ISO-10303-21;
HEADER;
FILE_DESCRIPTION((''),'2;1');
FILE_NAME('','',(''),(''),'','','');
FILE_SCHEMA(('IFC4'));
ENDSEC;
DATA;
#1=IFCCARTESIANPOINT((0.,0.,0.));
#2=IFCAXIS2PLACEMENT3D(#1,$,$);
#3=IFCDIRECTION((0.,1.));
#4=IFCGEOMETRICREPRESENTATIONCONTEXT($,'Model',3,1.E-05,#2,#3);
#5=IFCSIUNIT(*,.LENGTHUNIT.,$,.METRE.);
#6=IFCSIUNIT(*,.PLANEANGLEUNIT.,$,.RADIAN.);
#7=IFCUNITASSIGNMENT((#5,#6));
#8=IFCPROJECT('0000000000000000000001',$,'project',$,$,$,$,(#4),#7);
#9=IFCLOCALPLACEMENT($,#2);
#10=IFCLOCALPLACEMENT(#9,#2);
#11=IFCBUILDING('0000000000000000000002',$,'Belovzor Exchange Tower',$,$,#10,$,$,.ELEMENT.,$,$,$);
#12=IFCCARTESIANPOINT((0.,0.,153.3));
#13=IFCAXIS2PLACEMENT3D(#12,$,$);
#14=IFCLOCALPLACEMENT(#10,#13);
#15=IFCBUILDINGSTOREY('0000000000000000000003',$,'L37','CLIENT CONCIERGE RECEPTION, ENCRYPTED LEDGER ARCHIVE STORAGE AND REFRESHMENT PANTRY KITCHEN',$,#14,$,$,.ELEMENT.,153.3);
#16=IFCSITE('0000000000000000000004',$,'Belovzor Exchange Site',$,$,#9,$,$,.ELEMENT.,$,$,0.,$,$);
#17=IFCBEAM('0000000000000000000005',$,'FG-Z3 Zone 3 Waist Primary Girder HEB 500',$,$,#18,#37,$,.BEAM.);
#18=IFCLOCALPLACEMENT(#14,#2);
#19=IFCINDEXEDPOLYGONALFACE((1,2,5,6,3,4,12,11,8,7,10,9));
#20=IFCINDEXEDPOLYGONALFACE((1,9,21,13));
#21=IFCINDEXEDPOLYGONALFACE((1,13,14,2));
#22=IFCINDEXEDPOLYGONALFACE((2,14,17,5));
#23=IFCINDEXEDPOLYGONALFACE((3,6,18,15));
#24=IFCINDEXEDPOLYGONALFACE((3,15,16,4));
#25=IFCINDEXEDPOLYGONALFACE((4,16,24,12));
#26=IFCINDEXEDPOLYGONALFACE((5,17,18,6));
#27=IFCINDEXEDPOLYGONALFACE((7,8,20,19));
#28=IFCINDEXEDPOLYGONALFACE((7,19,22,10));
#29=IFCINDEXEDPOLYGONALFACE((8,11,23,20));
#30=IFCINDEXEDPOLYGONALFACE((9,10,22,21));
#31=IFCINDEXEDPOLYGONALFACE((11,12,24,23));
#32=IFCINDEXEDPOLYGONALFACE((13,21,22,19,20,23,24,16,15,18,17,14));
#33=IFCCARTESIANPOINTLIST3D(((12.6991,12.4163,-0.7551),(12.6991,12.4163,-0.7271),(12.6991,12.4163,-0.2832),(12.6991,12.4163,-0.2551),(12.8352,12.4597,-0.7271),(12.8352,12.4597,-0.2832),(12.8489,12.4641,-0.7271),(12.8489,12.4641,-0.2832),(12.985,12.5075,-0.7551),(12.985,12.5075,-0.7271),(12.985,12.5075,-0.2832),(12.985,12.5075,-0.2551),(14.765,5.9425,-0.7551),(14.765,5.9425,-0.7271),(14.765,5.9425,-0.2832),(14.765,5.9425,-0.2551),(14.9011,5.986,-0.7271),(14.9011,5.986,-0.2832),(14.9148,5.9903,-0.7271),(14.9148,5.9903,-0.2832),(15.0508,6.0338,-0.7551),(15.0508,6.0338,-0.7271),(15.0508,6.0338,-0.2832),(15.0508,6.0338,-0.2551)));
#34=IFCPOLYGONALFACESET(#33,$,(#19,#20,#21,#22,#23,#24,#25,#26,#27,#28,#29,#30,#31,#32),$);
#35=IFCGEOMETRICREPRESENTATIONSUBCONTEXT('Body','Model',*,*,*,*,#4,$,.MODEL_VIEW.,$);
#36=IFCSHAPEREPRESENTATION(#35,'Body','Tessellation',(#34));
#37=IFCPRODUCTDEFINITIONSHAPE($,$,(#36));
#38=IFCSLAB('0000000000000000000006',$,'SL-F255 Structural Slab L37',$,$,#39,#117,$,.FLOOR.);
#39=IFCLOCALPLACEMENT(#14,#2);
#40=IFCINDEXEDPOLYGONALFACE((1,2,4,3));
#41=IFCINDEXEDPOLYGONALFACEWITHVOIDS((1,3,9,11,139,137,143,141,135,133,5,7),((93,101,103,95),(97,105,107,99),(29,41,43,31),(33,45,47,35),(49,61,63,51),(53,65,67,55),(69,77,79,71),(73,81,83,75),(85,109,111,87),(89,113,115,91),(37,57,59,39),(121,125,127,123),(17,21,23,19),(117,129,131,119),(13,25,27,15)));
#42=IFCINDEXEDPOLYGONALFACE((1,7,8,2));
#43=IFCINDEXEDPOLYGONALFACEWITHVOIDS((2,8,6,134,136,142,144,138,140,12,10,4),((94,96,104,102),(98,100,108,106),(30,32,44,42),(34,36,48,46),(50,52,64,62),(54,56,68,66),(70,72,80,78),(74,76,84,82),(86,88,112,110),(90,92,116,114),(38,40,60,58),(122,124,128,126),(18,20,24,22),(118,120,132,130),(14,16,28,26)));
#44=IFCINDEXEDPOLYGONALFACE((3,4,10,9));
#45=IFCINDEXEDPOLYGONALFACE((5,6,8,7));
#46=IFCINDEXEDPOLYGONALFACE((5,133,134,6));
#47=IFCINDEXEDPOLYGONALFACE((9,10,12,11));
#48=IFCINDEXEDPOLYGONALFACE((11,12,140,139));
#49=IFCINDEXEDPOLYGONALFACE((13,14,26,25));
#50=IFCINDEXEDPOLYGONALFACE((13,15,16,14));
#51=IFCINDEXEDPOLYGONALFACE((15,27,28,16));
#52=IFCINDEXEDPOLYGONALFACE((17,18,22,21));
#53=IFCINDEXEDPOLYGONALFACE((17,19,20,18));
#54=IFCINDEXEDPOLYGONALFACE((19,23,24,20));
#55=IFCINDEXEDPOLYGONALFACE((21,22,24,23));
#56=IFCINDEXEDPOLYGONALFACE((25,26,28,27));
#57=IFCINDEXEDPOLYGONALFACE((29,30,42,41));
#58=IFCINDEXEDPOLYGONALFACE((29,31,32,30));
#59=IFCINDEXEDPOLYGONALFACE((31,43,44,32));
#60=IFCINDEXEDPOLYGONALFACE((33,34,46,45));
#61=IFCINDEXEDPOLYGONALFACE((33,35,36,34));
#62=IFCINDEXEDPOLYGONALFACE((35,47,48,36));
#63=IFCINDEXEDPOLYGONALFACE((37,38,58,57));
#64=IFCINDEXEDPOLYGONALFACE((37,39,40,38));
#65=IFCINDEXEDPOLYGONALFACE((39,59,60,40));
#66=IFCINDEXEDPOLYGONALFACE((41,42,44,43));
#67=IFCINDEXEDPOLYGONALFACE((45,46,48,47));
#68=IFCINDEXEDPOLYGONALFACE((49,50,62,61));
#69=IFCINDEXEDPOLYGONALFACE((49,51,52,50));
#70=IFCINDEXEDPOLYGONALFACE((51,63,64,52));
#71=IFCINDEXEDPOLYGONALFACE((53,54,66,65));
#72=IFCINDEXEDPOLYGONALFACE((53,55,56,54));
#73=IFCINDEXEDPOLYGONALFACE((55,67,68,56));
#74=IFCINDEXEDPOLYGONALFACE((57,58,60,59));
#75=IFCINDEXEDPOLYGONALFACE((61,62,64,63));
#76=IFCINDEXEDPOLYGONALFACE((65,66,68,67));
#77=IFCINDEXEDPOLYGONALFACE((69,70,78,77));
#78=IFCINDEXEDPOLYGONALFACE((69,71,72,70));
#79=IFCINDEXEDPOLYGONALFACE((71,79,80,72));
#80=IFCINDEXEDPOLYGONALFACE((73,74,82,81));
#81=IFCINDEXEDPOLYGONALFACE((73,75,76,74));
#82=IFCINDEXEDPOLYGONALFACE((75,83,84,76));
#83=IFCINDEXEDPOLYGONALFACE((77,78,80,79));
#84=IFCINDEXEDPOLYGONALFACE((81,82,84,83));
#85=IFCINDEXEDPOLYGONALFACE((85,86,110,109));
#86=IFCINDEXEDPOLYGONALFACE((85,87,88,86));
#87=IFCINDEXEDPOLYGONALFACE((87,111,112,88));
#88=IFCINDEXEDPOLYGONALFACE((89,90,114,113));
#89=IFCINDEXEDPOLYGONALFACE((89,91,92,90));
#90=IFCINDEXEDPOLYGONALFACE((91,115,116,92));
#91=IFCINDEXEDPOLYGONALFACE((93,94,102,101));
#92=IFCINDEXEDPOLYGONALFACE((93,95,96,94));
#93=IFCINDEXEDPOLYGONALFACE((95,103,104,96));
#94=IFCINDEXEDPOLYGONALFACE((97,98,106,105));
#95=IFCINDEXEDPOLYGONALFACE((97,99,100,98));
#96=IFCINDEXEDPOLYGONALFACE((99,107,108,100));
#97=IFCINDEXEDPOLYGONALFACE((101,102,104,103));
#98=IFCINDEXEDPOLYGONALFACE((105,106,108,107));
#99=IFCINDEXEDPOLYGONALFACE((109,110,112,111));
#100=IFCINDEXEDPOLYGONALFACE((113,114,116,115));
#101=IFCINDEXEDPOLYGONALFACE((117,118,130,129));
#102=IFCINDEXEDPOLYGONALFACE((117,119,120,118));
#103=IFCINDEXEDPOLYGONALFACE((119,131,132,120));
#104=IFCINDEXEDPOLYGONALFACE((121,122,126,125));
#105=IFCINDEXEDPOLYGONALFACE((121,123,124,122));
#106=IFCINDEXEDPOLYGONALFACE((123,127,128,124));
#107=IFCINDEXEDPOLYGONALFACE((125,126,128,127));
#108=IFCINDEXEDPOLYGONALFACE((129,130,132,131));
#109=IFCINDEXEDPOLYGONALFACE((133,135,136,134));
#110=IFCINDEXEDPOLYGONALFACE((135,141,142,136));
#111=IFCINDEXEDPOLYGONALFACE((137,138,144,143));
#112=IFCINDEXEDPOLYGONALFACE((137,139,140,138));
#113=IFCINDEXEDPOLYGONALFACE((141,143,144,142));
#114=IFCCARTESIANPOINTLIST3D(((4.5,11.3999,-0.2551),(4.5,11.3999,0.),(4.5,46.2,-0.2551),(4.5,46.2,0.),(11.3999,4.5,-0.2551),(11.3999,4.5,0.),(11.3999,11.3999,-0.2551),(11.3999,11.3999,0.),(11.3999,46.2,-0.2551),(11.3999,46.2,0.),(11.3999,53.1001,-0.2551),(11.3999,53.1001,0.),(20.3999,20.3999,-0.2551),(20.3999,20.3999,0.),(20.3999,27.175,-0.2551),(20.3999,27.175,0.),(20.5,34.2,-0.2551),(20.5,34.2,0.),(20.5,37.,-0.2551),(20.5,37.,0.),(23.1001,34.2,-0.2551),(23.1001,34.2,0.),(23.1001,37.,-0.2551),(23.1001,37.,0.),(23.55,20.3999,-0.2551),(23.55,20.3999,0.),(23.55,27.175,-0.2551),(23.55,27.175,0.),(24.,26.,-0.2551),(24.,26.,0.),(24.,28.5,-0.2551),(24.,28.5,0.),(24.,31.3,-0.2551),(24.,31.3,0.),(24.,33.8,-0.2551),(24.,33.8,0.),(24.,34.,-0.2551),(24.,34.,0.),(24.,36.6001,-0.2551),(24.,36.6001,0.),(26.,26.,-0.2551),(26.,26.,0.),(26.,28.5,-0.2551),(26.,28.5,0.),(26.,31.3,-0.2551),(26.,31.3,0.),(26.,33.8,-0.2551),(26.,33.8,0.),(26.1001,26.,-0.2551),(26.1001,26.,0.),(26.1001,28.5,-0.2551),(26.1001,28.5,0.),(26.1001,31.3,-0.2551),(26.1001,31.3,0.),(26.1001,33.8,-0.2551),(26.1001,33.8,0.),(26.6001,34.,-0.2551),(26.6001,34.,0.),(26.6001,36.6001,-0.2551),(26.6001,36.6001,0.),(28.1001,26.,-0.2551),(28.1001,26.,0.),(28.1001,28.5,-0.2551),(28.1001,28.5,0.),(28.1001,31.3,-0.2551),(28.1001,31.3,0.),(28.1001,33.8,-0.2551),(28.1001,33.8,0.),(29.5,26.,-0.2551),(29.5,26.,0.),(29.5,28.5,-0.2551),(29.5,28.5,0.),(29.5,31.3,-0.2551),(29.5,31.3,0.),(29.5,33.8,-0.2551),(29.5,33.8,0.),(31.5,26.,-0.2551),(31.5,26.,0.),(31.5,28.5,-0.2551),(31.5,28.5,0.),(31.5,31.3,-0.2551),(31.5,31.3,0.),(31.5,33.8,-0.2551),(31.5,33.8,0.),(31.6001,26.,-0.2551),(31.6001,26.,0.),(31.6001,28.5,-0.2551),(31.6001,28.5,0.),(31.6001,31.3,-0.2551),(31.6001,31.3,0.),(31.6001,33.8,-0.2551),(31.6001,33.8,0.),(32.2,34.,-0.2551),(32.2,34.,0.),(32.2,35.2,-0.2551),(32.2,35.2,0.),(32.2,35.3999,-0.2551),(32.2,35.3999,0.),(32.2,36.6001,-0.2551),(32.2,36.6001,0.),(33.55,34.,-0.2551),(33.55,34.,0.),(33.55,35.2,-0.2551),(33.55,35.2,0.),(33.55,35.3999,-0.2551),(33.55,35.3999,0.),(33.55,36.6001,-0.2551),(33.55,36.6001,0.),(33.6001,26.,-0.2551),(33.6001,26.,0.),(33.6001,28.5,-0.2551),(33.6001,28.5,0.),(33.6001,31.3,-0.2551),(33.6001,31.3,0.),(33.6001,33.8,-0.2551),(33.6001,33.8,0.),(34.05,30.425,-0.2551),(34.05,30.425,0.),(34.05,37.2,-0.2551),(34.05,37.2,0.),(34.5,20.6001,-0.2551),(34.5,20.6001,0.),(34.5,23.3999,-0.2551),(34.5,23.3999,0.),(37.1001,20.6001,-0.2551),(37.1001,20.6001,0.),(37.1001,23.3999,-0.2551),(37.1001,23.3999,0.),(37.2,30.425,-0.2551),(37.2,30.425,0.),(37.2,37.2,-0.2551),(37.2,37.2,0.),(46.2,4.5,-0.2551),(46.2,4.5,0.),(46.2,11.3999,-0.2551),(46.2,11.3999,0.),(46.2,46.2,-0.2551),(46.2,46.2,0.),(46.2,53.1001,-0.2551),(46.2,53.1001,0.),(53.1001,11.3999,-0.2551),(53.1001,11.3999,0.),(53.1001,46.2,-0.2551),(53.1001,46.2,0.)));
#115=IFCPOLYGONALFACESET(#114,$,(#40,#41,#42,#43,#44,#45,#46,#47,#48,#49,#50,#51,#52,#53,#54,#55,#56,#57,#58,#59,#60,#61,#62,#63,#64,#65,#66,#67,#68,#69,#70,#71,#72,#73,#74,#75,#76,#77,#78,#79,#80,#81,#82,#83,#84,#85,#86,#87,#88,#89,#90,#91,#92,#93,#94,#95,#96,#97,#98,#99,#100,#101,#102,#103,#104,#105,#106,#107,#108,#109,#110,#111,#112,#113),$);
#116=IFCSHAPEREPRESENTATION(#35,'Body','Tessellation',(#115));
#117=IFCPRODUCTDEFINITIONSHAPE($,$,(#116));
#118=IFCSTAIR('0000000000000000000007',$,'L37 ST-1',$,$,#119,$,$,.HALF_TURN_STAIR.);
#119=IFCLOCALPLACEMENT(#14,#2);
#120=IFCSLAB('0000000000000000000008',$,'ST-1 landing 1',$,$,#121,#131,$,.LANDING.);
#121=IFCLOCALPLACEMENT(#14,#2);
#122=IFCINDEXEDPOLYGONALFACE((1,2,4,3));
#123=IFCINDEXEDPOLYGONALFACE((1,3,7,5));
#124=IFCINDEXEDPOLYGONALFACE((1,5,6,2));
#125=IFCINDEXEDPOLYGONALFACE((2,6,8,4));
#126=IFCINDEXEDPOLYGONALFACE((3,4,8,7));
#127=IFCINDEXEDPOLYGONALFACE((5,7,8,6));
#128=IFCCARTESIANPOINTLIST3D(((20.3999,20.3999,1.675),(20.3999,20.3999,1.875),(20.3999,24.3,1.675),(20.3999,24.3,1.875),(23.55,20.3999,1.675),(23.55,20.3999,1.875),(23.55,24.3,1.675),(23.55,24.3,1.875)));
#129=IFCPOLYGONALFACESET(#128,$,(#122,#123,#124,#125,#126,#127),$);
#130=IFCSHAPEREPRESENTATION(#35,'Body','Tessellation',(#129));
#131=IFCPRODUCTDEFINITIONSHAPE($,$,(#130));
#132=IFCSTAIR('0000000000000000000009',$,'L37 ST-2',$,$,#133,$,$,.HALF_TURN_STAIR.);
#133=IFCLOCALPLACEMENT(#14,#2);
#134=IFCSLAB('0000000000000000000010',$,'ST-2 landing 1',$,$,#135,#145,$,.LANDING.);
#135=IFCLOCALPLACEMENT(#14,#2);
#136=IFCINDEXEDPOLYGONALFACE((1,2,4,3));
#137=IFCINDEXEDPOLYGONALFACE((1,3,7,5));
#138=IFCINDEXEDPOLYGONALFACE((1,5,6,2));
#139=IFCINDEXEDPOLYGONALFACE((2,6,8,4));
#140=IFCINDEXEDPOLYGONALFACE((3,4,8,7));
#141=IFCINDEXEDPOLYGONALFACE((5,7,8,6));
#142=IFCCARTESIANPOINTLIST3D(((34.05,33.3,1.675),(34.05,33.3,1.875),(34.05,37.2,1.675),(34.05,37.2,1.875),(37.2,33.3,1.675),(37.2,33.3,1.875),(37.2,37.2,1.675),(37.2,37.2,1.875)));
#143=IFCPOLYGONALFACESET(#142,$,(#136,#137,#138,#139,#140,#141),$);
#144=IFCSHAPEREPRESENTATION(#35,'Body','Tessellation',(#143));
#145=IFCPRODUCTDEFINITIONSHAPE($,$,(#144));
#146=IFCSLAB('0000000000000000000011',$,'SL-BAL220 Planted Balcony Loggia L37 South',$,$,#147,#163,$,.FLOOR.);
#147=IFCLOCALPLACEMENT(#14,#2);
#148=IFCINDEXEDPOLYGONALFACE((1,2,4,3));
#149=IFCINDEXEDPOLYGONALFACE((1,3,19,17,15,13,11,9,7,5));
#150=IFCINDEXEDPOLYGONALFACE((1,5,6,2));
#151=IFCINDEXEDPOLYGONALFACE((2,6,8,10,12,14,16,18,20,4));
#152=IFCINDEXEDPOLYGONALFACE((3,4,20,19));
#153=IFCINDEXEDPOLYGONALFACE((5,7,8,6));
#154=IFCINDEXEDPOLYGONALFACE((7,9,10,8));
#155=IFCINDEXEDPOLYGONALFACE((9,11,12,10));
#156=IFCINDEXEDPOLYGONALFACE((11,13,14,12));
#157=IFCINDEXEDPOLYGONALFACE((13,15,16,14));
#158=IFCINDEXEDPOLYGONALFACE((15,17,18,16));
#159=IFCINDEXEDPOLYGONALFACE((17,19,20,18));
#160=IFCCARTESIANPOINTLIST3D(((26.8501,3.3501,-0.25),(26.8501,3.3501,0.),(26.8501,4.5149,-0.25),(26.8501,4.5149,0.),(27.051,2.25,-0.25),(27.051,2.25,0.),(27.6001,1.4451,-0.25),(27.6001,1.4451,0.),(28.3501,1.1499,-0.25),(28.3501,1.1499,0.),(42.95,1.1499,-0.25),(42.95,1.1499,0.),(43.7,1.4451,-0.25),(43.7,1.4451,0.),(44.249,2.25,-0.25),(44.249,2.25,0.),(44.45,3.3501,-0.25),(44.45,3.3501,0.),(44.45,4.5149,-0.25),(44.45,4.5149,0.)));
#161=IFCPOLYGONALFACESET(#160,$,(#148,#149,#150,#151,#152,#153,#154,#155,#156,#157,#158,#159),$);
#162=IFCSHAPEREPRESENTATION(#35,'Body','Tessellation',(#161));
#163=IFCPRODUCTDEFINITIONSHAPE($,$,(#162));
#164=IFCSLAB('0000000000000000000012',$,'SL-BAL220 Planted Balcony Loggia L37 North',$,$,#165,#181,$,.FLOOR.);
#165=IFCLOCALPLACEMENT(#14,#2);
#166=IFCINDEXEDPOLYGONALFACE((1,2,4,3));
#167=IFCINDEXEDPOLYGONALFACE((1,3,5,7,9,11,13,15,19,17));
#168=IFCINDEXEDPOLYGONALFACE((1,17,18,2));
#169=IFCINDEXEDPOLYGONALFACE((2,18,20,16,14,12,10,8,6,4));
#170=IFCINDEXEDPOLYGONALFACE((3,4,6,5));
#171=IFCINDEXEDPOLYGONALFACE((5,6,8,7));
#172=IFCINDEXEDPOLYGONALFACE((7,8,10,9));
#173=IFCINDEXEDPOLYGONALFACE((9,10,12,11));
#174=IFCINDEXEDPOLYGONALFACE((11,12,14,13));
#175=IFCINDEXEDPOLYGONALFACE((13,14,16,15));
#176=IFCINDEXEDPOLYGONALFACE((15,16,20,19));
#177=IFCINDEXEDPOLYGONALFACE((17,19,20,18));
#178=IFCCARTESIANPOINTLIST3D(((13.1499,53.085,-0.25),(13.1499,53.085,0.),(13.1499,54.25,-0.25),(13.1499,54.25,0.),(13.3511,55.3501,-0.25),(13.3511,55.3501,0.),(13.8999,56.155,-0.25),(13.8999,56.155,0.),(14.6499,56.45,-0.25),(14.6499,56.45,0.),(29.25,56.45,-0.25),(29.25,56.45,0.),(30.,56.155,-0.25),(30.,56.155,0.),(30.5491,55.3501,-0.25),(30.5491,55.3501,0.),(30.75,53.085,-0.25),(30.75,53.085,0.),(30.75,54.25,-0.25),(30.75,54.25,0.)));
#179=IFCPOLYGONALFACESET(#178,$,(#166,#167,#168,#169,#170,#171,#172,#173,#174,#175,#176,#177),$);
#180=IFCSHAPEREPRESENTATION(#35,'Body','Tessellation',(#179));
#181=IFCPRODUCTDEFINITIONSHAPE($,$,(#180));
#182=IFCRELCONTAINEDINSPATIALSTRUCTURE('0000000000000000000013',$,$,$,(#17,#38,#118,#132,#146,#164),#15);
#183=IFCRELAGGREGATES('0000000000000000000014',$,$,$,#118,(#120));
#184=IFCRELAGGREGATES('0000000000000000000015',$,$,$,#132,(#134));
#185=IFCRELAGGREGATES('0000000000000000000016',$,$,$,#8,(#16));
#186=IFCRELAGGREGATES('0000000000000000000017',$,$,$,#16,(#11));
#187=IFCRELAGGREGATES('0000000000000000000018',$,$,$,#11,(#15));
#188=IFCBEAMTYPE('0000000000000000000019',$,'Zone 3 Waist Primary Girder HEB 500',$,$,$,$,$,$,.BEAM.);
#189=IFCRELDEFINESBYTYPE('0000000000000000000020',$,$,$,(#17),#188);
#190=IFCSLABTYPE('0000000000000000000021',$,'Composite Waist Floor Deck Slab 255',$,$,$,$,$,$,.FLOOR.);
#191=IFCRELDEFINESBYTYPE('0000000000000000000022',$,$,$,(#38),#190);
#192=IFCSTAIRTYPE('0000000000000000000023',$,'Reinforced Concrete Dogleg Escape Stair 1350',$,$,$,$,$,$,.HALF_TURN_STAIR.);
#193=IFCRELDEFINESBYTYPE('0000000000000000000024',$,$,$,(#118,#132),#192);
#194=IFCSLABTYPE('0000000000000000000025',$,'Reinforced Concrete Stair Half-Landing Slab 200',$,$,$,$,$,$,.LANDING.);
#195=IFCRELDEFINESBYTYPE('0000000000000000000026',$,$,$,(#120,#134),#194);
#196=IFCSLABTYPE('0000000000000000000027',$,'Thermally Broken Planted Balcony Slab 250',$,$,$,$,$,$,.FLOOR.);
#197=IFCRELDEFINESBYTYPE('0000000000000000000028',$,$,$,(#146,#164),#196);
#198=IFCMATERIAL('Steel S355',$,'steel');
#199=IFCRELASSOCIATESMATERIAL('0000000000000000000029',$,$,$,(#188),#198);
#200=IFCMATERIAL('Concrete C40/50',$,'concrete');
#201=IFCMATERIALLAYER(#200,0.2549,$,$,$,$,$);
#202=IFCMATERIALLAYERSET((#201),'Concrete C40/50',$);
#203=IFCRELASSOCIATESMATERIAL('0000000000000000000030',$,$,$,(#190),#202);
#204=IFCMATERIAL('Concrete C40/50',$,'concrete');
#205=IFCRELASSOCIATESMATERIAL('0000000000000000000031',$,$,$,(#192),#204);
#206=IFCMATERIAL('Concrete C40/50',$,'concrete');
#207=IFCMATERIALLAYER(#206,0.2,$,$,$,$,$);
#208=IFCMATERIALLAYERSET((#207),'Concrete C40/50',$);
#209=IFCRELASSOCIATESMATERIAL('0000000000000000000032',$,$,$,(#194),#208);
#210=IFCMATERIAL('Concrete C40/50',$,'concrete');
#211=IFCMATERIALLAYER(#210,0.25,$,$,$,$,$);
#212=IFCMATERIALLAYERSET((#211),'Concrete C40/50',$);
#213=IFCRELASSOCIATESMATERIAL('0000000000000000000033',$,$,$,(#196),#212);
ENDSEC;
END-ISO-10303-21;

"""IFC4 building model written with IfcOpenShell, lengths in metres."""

from ifc_helpers import new_model, si_unit, direction, frame, origin, origin_2d, place, context, subcontext, project, spatial, polyline, i_section, outline, extrude, material, layer, layer_set, material_profile, profile_set, type_object, element, aggregate, save


model = new_model("IFC4")

# Units and contexts
model_context = context("Model", 3, precision=1e-05, world=origin(), true_north=direction((0.0, 1.0)))
body_context = subcontext(model_context, "Body", "Model", "MODEL_VIEW")
ifc_project = project(units=[si_unit("LENGTHUNIT", "METRE"), si_unit("PLANEANGLEUNIT", "RADIAN")], contexts=[model_context])

# Site, building, storey
site_placement = place(None, origin())
site = spatial("IfcSite", under=ifc_project, at=site_placement, Name="Belovzor Exchange Site", CompositionType="ELEMENT", RefElevation=0.0)
building_placement = place(site_placement, origin())
building = spatial("IfcBuilding", under=site, at=building_placement, Name="Belovzor Exchange Tower", CompositionType="ELEMENT")
storey_placement = place(building_placement, frame((0.0, 0.0, 153.3)))
storey = spatial("IfcBuildingStorey", under=building, at=storey_placement, Name="L37", Description="CLIENT CONCIERGE RECEPTION, ENCRYPTED LEDGER ARCHIVE STORAGE AND REFRESHMENT PANTRY KITCHEN", CompositionType="ELEMENT", Elevation=153.3)

# Beam
ifc_material_1 = material(Name="Steel S355", Category="steel")
ifc_material_profile = material_profile(ifc_material_1, i_section(OverallWidth=0.3, OverallDepth=0.5, WebThickness=0.0144, FlangeThickness=0.0281, at=origin_2d()))
ifc_profile_set = profile_set([ifc_material_profile], Name="Steel S355")
beam_type = type_object("IfcBeamType", Name="Zone 3 Waist Primary Girder HEB 500", PredefinedType="BEAM", material=ifc_profile_set)
beam_placement = place(storey_placement, frame((12.842, 12.4619, -0.5051), z_axis=(0.304012, -0.952668, 0.0), x_axis=(0.952668, 0.304012, 0.0)))
element("IfcBeam", 1, at=beam_placement, inside=storey, type_object=beam_type, Name="FG-Z3 Zone 3 Waist Primary Girder HEB 500", PredefinedType="BEAM", context=body_context, shape_type="SweptSolid", body=[
    extrude(i_section(OverallWidth=0.3, OverallDepth=0.5, WebThickness=0.0144, FlangeThickness=0.0281, at=origin_2d()), origin(), (0.0, 0.0, 1.0), 6.7954),
])

# Slab
ifc_material_2 = material(Name="Concrete C40/50", Category="concrete")
ifc_layer_1 = layer(ifc_material_2, 0.2549)
ifc_layer_set_1 = layer_set([ifc_layer_1], Name="Concrete C40/50")
slab_type_1 = type_object("IfcSlabType", Name="Composite Waist Floor Deck Slab 255", PredefinedType="FLOOR", material=ifc_layer_set_1)
slab_1_placement = place(storey_placement, frame((0.0, 0.0, -0.2551)))
element("IfcSlab", 2, at=slab_1_placement, inside=storey, type_object=slab_type_1, Name="SL-F255 Structural Slab L37", PredefinedType="FLOOR", context=body_context, shape_type="SweptSolid", body=[
    extrude(outline(polyline([(11.3999, 4.5), (46.2, 4.5), (46.2, 11.3999), (53.1001, 11.3999), (53.1001, 46.2), (46.2, 46.2), (46.2, 53.1001), (11.3999, 53.1001), (11.3999, 46.2), (4.5, 46.2), (4.5, 11.3999), (11.3999, 11.3999), (11.3999, 4.5)]), holes=[polyline([(20.3999, 27.175), (20.3999, 20.3999), (23.55, 20.3999), (23.55, 27.175), (20.3999, 27.175)]), polyline([(37.2, 30.425), (37.2, 37.2), (34.05, 37.2), (34.05, 30.425), (37.2, 30.425)]), polyline([(20.5, 34.2), (23.1001, 34.2), (23.1001, 37.0), (20.5, 37.0), (20.5, 34.2)]), polyline([(34.5, 20.6001), (37.1001, 20.6001), (37.1001, 23.3999), (34.5, 23.3999), (34.5, 20.6001)]), polyline([(24.0, 34.0), (26.6001, 34.0), (26.6001, 36.6001), (24.0, 36.6001), (24.0, 34.0)]), polyline([(24.0, 26.0), (26.0, 26.0), (26.0, 28.5), (24.0, 28.5), (24.0, 26.0)]), polyline([(26.1001, 26.0), (28.1001, 26.0), (28.1001, 28.5), (26.1001, 28.5), (26.1001, 26.0)]), polyline([(29.5, 26.0), (31.5, 26.0), (31.5, 28.5), (29.5, 28.5), (29.5, 26.0)]), polyline([(31.6001, 26.0), (33.6001, 26.0), (33.6001, 28.5), (31.6001, 28.5), (31.6001, 26.0)]), polyline([(24.0, 31.3), (26.0, 31.3), (26.0, 33.8), (24.0, 33.8), (24.0, 31.3)]), polyline([(26.1001, 31.3), (28.1001, 31.3), (28.1001, 33.8), (26.1001, 33.8), (26.1001, 31.3)]), polyline([(29.5, 31.3), (31.5, 31.3), (31.5, 33.8), (29.5, 33.8), (29.5, 31.3)]), polyline([(31.6001, 31.3), (33.6001, 31.3), (33.6001, 33.8), (31.6001, 33.8), (31.6001, 31.3)]), polyline([(32.2, 34.0), (33.55, 34.0), (33.55, 35.2), (32.2, 35.2), (32.2, 34.0)]), polyline([(32.2, 35.3999), (33.55, 35.3999), (33.55, 36.6001), (32.2, 36.6001), (32.2, 35.3999)])]), origin(), (0.0, 0.0, 1.0), 0.2551),
])

# Stairs, slabs
ifc_material_3 = material(Name="Concrete C40/50", Category="concrete")
stair_type = type_object("IfcStairType", Name="Reinforced Concrete Dogleg Escape Stair 1350", PredefinedType="HALF_TURN_STAIR", material=ifc_material_3)
stair_1_placement = place(storey_placement, origin())
stair_1 = element("IfcStair", 3, at=stair_1_placement, inside=storey, type_object=stair_type, Name="L37 ST-1", PredefinedType="HALF_TURN_STAIR")
ifc_material_4 = material(Name="Concrete C40/50", Category="concrete")
ifc_layer_2 = layer(ifc_material_4, 0.2)
ifc_layer_set_2 = layer_set([ifc_layer_2], Name="Concrete C40/50")
slab_type_2 = type_object("IfcSlabType", Name="Reinforced Concrete Stair Half-Landing Slab 200", PredefinedType="LANDING", material=ifc_layer_set_2)
slab_2_placement = place(storey_placement, frame((0.0, 0.0, 1.675)))
slab_2 = element("IfcSlab", 4, at=slab_2_placement, type_object=slab_type_2, Name="ST-1 landing 1", PredefinedType="LANDING", context=body_context, shape_type="SweptSolid", body=[
    extrude(outline(polyline([(20.3999, 24.3), (20.3999, 20.3999), (23.55, 20.3999), (23.55, 24.3), (20.3999, 24.3)])), origin(), (0.0, 0.0, 1.0), 0.2),
])
aggregate(stair_1, [slab_2])
stair_2_placement = place(storey_placement, origin())
stair_2 = element("IfcStair", 5, at=stair_2_placement, inside=storey, type_object=stair_type, Name="L37 ST-2", PredefinedType="HALF_TURN_STAIR")
slab_3_placement = place(storey_placement, frame((0.0, 0.0, 1.675)))
slab_3 = element("IfcSlab", 6, at=slab_3_placement, type_object=slab_type_2, Name="ST-2 landing 1", PredefinedType="LANDING", context=body_context, shape_type="SweptSolid", body=[
    extrude(outline(polyline([(37.2, 33.3), (37.2, 37.2), (34.05, 37.2), (34.05, 33.3), (37.2, 33.3)])), origin(), (0.0, 0.0, 1.0), 0.2),
])
aggregate(stair_2, [slab_3])

# Slabs
ifc_material_5 = material(Name="Concrete C40/50", Category="concrete")
ifc_layer_3 = layer(ifc_material_5, 0.25)
ifc_layer_set_3 = layer_set([ifc_layer_3], Name="Concrete C40/50")
slab_type_3 = type_object("IfcSlabType", Name="Thermally Broken Planted Balcony Slab 250", PredefinedType="FLOOR", material=ifc_layer_set_3)
slab_4_placement = place(storey_placement, frame((0.0, 0.0, -0.25)))
element("IfcSlab", 7, at=slab_4_placement, inside=storey, type_object=slab_type_3, Name="SL-BAL220 Planted Balcony Loggia L37 South", PredefinedType="FLOOR", context=body_context, shape_type="SweptSolid", body=[
    extrude(outline(polyline([(26.8501, 4.5149), (26.8501, 3.3501), (27.051, 2.25), (27.6001, 1.4451), (28.3501, 1.1499), (42.95, 1.1499), (43.7, 1.4451), (44.249, 2.25), (44.45, 3.3501), (44.45, 4.5149), (26.8501, 4.5149)])), origin(), (0.0, 0.0, 1.0), 0.25),
])
slab_5_placement = place(storey_placement, frame((0.0, 0.0, -0.25)))
element("IfcSlab", 8, at=slab_5_placement, inside=storey, type_object=slab_type_3, Name="SL-BAL220 Planted Balcony Loggia L37 North", PredefinedType="FLOOR", context=body_context, shape_type="SweptSolid", body=[
    extrude(outline(polyline([(30.75, 53.085), (30.75, 54.25), (30.5491, 55.3501), (30.0, 56.155), (29.25, 56.45), (14.6499, 56.45), (13.8999, 56.155), (13.3511, 55.3501), (13.1499, 54.25), (13.1499, 53.085), (30.75, 53.085)])), origin(), (0.0, 0.0, 1.0), 0.25),
])

save(model, "model.ifc")
